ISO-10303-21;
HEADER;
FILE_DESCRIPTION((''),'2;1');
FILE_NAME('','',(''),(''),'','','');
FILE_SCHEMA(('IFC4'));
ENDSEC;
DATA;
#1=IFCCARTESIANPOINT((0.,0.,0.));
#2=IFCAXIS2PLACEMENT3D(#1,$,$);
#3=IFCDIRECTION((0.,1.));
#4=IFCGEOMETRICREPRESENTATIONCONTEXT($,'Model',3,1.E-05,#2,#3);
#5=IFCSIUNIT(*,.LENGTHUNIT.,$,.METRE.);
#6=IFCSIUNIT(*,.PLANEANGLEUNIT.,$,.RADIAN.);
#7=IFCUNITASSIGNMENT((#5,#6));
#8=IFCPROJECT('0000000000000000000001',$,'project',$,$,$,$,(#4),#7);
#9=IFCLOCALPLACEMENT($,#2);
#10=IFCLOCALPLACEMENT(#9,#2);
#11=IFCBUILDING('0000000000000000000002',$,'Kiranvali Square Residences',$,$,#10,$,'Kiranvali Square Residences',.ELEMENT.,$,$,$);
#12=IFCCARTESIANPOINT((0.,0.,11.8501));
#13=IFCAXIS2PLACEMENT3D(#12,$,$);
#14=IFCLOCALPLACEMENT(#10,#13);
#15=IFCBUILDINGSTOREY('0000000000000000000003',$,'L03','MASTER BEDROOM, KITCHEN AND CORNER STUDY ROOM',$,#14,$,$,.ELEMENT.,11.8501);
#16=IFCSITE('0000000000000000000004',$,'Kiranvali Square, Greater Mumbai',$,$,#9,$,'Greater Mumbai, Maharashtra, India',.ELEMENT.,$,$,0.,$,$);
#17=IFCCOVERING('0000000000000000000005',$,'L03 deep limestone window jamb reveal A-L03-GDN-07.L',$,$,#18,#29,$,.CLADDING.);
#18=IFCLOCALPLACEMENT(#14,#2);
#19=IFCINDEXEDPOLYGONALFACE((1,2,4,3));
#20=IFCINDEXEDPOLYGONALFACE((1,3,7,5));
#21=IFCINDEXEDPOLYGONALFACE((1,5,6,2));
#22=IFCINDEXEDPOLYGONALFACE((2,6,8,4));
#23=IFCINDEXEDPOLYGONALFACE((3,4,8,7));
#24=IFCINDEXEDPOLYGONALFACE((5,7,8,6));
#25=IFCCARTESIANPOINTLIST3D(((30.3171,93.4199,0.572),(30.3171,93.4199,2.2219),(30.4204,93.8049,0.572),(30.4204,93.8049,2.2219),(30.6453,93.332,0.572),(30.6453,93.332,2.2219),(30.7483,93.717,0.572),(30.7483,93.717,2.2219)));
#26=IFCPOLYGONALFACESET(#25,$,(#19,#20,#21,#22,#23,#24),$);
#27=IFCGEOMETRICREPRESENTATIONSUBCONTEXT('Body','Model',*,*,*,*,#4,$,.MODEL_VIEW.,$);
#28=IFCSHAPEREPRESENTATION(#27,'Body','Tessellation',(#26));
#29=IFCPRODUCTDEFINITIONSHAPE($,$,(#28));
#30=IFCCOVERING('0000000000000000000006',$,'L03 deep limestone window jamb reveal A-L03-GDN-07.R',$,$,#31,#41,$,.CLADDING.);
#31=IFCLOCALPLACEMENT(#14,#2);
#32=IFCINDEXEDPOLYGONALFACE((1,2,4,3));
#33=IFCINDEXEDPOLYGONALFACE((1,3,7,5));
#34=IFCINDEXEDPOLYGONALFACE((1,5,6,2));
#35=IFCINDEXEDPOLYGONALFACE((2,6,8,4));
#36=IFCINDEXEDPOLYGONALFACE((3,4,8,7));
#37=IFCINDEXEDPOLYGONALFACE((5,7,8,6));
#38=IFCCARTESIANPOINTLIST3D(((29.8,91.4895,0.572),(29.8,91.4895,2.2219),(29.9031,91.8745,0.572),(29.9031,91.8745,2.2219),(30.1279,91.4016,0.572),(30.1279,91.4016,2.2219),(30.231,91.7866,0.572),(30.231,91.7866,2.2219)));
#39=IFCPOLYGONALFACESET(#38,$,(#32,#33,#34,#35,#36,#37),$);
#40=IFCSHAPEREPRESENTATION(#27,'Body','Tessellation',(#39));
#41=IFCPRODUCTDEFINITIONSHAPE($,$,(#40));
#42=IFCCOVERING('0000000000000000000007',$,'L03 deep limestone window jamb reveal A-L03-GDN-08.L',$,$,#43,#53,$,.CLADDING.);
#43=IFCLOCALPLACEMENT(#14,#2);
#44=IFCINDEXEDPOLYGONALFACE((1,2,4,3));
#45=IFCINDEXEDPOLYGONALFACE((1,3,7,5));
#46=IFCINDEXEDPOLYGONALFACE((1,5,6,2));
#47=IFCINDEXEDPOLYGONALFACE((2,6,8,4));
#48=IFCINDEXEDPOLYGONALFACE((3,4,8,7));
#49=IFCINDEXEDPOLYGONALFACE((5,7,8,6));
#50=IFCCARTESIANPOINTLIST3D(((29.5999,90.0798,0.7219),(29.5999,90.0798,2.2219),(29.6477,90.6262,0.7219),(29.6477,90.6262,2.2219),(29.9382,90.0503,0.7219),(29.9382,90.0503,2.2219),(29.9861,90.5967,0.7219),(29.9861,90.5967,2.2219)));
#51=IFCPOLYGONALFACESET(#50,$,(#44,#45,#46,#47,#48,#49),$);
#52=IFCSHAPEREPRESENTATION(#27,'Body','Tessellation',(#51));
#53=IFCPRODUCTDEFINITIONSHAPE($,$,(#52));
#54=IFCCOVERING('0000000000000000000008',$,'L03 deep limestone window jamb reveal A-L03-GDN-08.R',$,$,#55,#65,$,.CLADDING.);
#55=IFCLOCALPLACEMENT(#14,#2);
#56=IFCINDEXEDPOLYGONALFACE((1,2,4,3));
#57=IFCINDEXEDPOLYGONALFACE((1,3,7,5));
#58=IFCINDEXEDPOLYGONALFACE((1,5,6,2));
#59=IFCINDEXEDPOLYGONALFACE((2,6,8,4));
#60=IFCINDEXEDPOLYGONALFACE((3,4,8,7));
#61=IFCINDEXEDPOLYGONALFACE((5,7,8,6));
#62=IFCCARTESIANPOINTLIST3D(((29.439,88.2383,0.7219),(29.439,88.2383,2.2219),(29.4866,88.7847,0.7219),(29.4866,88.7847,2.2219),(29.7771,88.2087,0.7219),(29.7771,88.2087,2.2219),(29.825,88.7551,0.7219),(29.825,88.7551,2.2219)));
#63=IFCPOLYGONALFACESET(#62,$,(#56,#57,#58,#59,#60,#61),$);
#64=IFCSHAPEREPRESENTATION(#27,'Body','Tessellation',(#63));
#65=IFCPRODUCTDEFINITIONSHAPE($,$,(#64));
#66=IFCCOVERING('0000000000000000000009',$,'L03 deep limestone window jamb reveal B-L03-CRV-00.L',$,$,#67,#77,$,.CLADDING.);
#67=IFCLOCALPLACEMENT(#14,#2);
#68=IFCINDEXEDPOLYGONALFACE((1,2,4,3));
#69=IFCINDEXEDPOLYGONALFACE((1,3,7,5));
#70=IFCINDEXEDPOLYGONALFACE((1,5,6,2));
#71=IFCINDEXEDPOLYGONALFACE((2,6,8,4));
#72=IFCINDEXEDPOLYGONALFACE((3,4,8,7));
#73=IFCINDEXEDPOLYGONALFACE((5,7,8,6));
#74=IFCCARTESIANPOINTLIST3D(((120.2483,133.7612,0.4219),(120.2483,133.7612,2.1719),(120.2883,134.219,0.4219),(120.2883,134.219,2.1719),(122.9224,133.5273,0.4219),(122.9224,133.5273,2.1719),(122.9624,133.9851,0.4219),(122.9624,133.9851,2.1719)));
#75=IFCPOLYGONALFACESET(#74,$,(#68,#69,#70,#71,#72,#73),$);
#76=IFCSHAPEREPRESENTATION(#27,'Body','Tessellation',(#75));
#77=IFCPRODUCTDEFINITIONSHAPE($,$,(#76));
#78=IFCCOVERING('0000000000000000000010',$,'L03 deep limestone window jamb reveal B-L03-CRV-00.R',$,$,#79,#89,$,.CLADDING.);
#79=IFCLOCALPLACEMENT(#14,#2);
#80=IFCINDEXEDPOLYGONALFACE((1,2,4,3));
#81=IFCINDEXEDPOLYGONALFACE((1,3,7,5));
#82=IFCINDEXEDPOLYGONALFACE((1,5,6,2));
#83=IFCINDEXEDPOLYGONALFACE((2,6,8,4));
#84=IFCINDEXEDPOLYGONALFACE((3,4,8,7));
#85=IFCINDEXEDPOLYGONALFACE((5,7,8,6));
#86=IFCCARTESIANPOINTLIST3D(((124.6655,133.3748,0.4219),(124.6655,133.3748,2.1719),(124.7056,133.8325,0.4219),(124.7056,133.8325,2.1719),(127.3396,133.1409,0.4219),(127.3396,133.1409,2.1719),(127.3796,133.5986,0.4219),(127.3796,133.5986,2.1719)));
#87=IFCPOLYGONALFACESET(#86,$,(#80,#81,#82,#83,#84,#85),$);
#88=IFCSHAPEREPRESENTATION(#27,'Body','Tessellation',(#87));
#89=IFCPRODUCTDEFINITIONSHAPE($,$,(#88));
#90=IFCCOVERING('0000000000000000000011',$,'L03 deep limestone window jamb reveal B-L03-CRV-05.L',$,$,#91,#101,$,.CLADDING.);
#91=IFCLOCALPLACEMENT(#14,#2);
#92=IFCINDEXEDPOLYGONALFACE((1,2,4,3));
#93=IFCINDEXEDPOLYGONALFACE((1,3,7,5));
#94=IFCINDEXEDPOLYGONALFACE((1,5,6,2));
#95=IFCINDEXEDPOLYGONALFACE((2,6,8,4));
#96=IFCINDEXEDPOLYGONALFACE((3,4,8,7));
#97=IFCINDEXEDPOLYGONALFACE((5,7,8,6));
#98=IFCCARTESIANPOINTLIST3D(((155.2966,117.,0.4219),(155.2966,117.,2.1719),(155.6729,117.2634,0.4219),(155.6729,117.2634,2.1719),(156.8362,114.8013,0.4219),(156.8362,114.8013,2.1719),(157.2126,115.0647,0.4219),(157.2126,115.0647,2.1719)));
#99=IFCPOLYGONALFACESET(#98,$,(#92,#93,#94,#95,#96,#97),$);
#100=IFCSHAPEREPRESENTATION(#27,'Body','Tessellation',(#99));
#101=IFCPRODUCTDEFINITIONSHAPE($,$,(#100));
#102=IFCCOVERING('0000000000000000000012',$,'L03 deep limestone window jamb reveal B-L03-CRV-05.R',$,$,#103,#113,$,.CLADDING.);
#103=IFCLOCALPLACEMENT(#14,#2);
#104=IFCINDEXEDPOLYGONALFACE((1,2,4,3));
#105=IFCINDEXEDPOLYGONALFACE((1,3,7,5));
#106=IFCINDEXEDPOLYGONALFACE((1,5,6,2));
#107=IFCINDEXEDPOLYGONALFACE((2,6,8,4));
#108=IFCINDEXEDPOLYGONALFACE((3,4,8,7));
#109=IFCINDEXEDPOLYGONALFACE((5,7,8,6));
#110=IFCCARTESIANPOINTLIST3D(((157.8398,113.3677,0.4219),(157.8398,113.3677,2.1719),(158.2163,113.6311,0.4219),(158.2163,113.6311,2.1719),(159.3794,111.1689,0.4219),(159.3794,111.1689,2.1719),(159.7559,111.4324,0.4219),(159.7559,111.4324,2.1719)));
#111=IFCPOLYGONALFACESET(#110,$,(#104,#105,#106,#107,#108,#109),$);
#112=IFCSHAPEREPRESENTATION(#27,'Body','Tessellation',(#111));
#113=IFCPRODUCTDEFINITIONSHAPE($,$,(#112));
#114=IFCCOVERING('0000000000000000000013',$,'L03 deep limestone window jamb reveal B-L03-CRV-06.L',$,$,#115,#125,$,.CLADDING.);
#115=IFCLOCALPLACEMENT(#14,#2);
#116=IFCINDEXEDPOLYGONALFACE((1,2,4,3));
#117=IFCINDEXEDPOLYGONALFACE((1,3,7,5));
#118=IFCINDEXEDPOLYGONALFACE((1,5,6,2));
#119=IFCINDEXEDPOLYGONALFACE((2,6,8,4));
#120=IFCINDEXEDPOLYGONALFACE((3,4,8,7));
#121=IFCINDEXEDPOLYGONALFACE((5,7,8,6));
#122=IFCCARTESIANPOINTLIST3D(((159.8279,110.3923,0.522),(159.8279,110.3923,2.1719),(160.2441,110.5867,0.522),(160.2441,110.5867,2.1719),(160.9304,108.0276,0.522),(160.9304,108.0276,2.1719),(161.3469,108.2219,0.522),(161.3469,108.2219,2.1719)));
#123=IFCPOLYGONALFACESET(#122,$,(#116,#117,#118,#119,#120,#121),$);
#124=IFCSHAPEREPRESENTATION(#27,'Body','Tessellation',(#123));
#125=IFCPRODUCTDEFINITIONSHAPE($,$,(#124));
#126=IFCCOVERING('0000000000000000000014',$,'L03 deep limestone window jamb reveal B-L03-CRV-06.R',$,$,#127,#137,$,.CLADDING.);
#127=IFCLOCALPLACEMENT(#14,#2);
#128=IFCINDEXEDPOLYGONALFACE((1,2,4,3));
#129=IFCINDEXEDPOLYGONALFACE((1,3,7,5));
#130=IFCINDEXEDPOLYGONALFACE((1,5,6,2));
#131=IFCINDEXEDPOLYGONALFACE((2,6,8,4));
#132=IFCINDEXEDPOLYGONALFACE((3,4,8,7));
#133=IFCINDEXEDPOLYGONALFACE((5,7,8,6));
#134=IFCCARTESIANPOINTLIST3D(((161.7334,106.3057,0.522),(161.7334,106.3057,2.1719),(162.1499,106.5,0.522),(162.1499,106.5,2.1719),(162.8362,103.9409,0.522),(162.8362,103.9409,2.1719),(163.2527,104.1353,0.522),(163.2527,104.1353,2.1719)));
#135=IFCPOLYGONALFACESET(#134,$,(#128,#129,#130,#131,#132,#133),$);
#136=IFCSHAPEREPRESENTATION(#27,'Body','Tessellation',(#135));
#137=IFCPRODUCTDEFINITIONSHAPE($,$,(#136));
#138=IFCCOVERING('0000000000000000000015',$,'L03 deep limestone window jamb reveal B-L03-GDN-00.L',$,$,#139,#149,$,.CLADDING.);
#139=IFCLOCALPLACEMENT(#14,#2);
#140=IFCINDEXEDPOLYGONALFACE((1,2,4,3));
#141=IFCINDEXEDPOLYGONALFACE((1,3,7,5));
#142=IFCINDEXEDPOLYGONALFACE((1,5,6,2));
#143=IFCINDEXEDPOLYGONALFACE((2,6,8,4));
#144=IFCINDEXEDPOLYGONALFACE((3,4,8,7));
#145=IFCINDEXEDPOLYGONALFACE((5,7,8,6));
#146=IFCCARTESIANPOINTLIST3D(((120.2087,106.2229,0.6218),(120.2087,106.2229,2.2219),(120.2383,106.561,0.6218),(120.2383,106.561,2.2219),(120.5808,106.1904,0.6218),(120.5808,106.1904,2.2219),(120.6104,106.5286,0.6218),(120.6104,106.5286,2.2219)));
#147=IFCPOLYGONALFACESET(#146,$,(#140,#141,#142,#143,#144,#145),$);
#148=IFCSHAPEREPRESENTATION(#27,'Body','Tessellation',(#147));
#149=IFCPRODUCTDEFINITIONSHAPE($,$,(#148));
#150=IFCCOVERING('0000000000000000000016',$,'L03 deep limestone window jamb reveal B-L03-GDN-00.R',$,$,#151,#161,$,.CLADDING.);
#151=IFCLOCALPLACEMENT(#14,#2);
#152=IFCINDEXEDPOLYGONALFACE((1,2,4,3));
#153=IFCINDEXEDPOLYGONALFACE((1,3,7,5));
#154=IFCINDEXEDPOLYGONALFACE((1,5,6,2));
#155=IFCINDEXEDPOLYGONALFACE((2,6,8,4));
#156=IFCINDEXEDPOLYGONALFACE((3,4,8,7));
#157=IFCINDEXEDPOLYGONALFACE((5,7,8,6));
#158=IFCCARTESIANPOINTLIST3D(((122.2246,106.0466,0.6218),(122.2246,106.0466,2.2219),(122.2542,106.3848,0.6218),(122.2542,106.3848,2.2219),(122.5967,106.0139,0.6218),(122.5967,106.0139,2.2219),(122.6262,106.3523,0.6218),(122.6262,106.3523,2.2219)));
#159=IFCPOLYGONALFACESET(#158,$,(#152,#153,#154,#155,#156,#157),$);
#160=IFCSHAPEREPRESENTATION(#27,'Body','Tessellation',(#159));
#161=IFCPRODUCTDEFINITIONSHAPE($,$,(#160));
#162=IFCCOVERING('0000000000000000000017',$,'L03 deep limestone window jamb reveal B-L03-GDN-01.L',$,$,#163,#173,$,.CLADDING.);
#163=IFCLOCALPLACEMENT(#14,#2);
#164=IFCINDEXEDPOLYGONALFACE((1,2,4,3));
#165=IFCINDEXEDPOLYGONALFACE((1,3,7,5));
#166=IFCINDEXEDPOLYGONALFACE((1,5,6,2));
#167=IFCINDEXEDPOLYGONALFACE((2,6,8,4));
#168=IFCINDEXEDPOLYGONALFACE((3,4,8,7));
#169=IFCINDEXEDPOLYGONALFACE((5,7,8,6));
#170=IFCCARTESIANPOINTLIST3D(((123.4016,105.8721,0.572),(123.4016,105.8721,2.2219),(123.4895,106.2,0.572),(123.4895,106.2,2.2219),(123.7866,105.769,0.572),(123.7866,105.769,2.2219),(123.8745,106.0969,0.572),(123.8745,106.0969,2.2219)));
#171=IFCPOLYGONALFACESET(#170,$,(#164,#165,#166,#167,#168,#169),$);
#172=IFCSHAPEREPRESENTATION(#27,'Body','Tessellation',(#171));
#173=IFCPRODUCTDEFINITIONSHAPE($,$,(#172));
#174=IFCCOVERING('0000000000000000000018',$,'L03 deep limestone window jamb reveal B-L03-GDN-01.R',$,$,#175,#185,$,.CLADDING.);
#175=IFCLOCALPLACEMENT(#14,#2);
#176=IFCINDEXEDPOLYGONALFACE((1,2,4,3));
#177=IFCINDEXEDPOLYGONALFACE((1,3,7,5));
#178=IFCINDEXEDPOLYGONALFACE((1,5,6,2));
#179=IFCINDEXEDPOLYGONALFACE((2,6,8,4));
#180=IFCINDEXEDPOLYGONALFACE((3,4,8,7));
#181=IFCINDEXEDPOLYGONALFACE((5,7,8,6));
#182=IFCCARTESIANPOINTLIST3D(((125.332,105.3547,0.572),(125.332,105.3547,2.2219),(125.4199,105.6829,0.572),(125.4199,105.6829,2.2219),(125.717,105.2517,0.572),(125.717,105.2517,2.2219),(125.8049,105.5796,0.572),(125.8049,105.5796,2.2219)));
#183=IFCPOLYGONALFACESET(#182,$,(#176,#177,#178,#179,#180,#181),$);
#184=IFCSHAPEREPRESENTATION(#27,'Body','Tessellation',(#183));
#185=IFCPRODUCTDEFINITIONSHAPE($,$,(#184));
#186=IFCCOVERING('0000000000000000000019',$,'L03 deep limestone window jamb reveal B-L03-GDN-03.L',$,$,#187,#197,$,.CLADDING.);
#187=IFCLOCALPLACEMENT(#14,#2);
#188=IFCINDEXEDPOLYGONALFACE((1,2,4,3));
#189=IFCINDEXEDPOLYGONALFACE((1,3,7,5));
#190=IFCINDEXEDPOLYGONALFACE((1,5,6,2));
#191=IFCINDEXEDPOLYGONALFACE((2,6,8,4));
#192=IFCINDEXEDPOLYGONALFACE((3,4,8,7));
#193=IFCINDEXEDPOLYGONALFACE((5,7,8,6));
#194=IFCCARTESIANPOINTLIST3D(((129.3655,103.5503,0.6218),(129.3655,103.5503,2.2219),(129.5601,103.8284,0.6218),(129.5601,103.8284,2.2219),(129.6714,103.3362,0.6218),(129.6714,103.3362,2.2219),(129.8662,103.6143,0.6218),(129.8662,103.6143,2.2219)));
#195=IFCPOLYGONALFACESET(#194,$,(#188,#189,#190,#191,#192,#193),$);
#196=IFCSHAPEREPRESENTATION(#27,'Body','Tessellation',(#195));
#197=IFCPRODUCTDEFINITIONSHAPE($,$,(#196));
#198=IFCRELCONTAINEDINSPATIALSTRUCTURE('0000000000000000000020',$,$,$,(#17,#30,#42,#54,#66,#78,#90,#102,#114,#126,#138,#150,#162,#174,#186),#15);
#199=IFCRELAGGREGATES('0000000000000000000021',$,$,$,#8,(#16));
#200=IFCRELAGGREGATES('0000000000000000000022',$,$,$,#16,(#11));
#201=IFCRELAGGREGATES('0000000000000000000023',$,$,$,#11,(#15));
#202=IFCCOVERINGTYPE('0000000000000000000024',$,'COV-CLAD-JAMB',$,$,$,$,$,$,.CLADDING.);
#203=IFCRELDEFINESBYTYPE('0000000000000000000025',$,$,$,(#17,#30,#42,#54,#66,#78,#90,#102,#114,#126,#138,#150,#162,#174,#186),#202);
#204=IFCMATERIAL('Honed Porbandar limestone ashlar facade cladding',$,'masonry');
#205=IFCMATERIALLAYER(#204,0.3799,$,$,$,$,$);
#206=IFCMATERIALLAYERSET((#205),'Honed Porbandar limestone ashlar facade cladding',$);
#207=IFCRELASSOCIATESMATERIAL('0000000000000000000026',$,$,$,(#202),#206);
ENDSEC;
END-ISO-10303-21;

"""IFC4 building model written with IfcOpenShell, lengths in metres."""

from ifc_helpers import new_model, si_unit, direction, frame, origin, place, context, subcontext, project, spatial, polyline, outline, extrude, material, layer, layer_set, type_object, element, save


model = new_model("IFC4")

# Units and contexts
model_context = context("Model", 3, precision=1e-05, world=origin(), true_north=direction((0.0, 1.0)))
body_context = subcontext(model_context, "Body", "Model", "MODEL_VIEW")
ifc_project = project(units=[si_unit("LENGTHUNIT", "METRE"), si_unit("PLANEANGLEUNIT", "RADIAN")], contexts=[model_context])

# Site, building, storey
site_placement = place(None, origin())
site = spatial("IfcSite", under=ifc_project, at=site_placement, Name="Kiranvali Square, Greater Mumbai", LongName="Greater Mumbai, Maharashtra, India", CompositionType="ELEMENT", RefElevation=0.0)
building_placement = place(site_placement, origin())
building = spatial("IfcBuilding", under=site, at=building_placement, Name="Kiranvali Square Residences", LongName="Kiranvali Square Residences", CompositionType="ELEMENT")
storey_placement = place(building_placement, frame((0.0, 0.0, 11.8501)))
storey = spatial("IfcBuildingStorey", under=building, at=storey_placement, Name="L03", Description="MASTER BEDROOM, KITCHEN AND CORNER STUDY ROOM", CompositionType="ELEMENT", Elevation=11.8501)

# Coverings
ifc_material = material(Name="Honed Porbandar limestone ashlar facade cladding", Category="masonry")
ifc_layer = layer(ifc_material, 0.3799)
ifc_layer_set = layer_set([ifc_layer], Name="Honed Porbandar limestone ashlar facade cladding")
covering_type = type_object("IfcCoveringType", Name="COV-CLAD-JAMB", PredefinedType="CLADDING", material=ifc_layer_set)
covering_1_placement = place(storey_placement, frame((0.0, 0.0, 0.572)))
element("IfcCovering", 1, at=covering_1_placement, inside=storey, type_object=covering_type, Name="L03 deep limestone window jamb reveal A-L03-GDN-07.L", PredefinedType="CLADDING", context=body_context, shape_type="SweptSolid", body=[
    extrude(outline(polyline([(30.4204, 93.8049), (30.3171, 93.4199), (30.6453, 93.332), (30.7483, 93.717), (30.4204, 93.8049)])), origin(), (0.0, 0.0, 1.0), 1.6499),
])
covering_2_placement = place(storey_placement, frame((0.0, 0.0, 0.572)))
element("IfcCovering", 2, at=covering_2_placement, inside=storey, type_object=covering_type, Name="L03 deep limestone window jamb reveal A-L03-GDN-07.R", PredefinedType="CLADDING", context=body_context, shape_type="SweptSolid", body=[
    extrude(outline(polyline([(29.9031, 91.8745), (29.8, 91.4895), (30.1279, 91.4016), (30.231, 91.7866), (29.9031, 91.8745)])), origin(), (0.0, 0.0, 1.0), 1.6499),
])
covering_3_placement = place(storey_placement, frame((0.0, 0.0, 0.7219)))
element("IfcCovering", 3, at=covering_3_placement, inside=storey, type_object=covering_type, Name="L03 deep limestone window jamb reveal A-L03-GDN-08.L", PredefinedType="CLADDING", context=body_context, shape_type="SweptSolid", body=[
    extrude(outline(polyline([(29.6477, 90.6262), (29.5999, 90.0798), (29.9382, 90.0503), (29.9861, 90.5967), (29.6477, 90.6262)])), origin(), (0.0, 0.0, 1.0), 1.5),
])
covering_4_placement = place(storey_placement, frame((0.0, 0.0, 0.7219)))
element("IfcCovering", 4, at=covering_4_placement, inside=storey, type_object=covering_type, Name="L03 deep limestone window jamb reveal A-L03-GDN-08.R", PredefinedType="CLADDING", context=body_context, shape_type="SweptSolid", body=[
    extrude(outline(polyline([(29.4866, 88.7847), (29.439, 88.2383), (29.7771, 88.2087), (29.825, 88.7551), (29.4866, 88.7847)])), origin(), (0.0, 0.0, 1.0), 1.5),
])
covering_5_placement = place(storey_placement, frame((0.0, 0.0, 0.4219)))
element("IfcCovering", 5, at=covering_5_placement, inside=storey, type_object=covering_type, Name="L03 deep limestone window jamb reveal B-L03-CRV-00.L", PredefinedType="CLADDING", context=body_context, shape_type="SweptSolid", body=[
    extrude(outline(polyline([(120.2483, 133.7612), (122.9224, 133.5273), (122.9624, 133.9851), (120.2883, 134.219), (120.2483, 133.7612)])), origin(), (0.0, 0.0, 1.0), 1.75),
])
covering_6_placement = place(storey_placement, frame((0.0, 0.0, 0.4219)))
element("IfcCovering", 6, at=covering_6_placement, inside=storey, type_object=covering_type, Name="L03 deep limestone window jamb reveal B-L03-CRV-00.R", PredefinedType="CLADDING", context=body_context, shape_type="SweptSolid", body=[
    extrude(outline(polyline([(124.6655, 133.3748), (127.3396, 133.1409), (127.3796, 133.5986), (124.7056, 133.8325), (124.6655, 133.3748)])), origin(), (0.0, 0.0, 1.0), 1.75),
])
covering_7_placement = place(storey_placement, frame((0.0, 0.0, 0.4219)))
element("IfcCovering", 7, at=covering_7_placement, inside=storey, type_object=covering_type, Name="L03 deep limestone window jamb reveal B-L03-CRV-05.L", PredefinedType="CLADDING", context=body_context, shape_type="SweptSolid", body=[
    extrude(outline(polyline([(155.2966, 117.0), (156.8362, 114.8013), (157.2126, 115.0647), (155.6729, 117.2634), (155.2966, 117.0)])), origin(), (0.0, 0.0, 1.0), 1.75),
])
covering_8_placement = place(storey_placement, frame((0.0, 0.0, 0.4219)))
element("IfcCovering", 8, at=covering_8_placement, inside=storey, type_object=covering_type, Name="L03 deep limestone window jamb reveal B-L03-CRV-05.R", PredefinedType="CLADDING", context=body_context, shape_type="SweptSolid", body=[
    extrude(outline(polyline([(157.8398, 113.3677), (159.3794, 111.1689), (159.7559, 111.4324), (158.2163, 113.6311), (157.8398, 113.3677)])), origin(), (0.0, 0.0, 1.0), 1.75),
])
covering_9_placement = place(storey_placement, frame((0.0, 0.0, 0.522)))
element("IfcCovering", 9, at=covering_9_placement, inside=storey, type_object=covering_type, Name="L03 deep limestone window jamb reveal B-L03-CRV-06.L", PredefinedType="CLADDING", context=body_context, shape_type="SweptSolid", body=[
    extrude(outline(polyline([(159.8279, 110.3923), (160.9304, 108.0276), (161.3469, 108.2219), (160.2441, 110.5867), (159.8279, 110.3923)])), origin(), (0.0, 0.0, 1.0), 1.6499),
])
covering_10_placement = place(storey_placement, frame((0.0, 0.0, 0.522)))
element("IfcCovering", 10, at=covering_10_placement, inside=storey, type_object=covering_type, Name="L03 deep limestone window jamb reveal B-L03-CRV-06.R", PredefinedType="CLADDING", context=body_context, shape_type="SweptSolid", body=[
    extrude(outline(polyline([(161.7334, 106.3057), (162.8362, 103.9409), (163.2527, 104.1353), (162.1499, 106.5), (161.7334, 106.3057)])), origin(), (0.0, 0.0, 1.0), 1.6499),
])
covering_11_placement = place(storey_placement, frame((0.0, 0.0, 0.6218)))
element("IfcCovering", 11, at=covering_11_placement, inside=storey, type_object=covering_type, Name="L03 deep limestone window jamb reveal B-L03-GDN-00.L", PredefinedType="CLADDING", context=body_context, shape_type="SweptSolid", body=[
    extrude(outline(polyline([(120.2087, 106.2229), (120.5808, 106.1904), (120.6104, 106.5286), (120.2383, 106.561), (120.2087, 106.2229)])), origin(), (0.0, 0.0, 1.0), 1.6001),
])
covering_12_placement = place(storey_placement, frame((0.0, 0.0, 0.6218)))
element("IfcCovering", 12, at=covering_12_placement, inside=storey, type_object=covering_type, Name="L03 deep limestone window jamb reveal B-L03-GDN-00.R", PredefinedType="CLADDING", context=body_context, shape_type="SweptSolid", body=[
    extrude(outline(polyline([(122.2246, 106.0466), (122.5967, 106.0139), (122.6262, 106.3523), (122.2542, 106.3848), (122.2246, 106.0466)])), origin(), (0.0, 0.0, 1.0), 1.6001),
])
covering_13_placement = place(storey_placement, frame((0.0, 0.0, 0.572)))
element("IfcCovering", 13, at=covering_13_placement, inside=storey, type_object=covering_type, Name="L03 deep limestone window jamb reveal B-L03-GDN-01.L", PredefinedType="CLADDING", context=body_context, shape_type="SweptSolid", body=[
    extrude(outline(polyline([(123.4016, 105.8721), (123.7866, 105.769), (123.8745, 106.0969), (123.4895, 106.2), (123.4016, 105.8721)])), origin(), (0.0, 0.0, 1.0), 1.6499),
])
covering_14_placement = place(storey_placement, frame((0.0, 0.0, 0.572)))
element("IfcCovering", 14, at=covering_14_placement, inside=storey, type_object=covering_type, Name="L03 deep limestone window jamb reveal B-L03-GDN-01.R", PredefinedType="CLADDING", context=body_context, shape_type="SweptSolid", body=[
    extrude(outline(polyline([(125.332, 105.3547), (125.717, 105.2517), (125.8049, 105.5796), (125.4199, 105.6829), (125.332, 105.3547)])), origin(), (0.0, 0.0, 1.0), 1.6499),
])
covering_15_placement = place(storey_placement, frame((0.0, 0.0, 0.6218)))
element("IfcCovering", 15, at=covering_15_placement, inside=storey, type_object=covering_type, Name="L03 deep limestone window jamb reveal B-L03-GDN-03.L", PredefinedType="CLADDING", context=body_context, shape_type="SweptSolid", body=[
    extrude(outline(polyline([(129.3655, 103.5503), (129.6714, 103.3362), (129.8662, 103.6143), (129.5601, 103.8284), (129.3655, 103.5503)])), origin(), (0.0, 0.0, 1.0), 1.6001),
])

save(model, "model.ifc")
